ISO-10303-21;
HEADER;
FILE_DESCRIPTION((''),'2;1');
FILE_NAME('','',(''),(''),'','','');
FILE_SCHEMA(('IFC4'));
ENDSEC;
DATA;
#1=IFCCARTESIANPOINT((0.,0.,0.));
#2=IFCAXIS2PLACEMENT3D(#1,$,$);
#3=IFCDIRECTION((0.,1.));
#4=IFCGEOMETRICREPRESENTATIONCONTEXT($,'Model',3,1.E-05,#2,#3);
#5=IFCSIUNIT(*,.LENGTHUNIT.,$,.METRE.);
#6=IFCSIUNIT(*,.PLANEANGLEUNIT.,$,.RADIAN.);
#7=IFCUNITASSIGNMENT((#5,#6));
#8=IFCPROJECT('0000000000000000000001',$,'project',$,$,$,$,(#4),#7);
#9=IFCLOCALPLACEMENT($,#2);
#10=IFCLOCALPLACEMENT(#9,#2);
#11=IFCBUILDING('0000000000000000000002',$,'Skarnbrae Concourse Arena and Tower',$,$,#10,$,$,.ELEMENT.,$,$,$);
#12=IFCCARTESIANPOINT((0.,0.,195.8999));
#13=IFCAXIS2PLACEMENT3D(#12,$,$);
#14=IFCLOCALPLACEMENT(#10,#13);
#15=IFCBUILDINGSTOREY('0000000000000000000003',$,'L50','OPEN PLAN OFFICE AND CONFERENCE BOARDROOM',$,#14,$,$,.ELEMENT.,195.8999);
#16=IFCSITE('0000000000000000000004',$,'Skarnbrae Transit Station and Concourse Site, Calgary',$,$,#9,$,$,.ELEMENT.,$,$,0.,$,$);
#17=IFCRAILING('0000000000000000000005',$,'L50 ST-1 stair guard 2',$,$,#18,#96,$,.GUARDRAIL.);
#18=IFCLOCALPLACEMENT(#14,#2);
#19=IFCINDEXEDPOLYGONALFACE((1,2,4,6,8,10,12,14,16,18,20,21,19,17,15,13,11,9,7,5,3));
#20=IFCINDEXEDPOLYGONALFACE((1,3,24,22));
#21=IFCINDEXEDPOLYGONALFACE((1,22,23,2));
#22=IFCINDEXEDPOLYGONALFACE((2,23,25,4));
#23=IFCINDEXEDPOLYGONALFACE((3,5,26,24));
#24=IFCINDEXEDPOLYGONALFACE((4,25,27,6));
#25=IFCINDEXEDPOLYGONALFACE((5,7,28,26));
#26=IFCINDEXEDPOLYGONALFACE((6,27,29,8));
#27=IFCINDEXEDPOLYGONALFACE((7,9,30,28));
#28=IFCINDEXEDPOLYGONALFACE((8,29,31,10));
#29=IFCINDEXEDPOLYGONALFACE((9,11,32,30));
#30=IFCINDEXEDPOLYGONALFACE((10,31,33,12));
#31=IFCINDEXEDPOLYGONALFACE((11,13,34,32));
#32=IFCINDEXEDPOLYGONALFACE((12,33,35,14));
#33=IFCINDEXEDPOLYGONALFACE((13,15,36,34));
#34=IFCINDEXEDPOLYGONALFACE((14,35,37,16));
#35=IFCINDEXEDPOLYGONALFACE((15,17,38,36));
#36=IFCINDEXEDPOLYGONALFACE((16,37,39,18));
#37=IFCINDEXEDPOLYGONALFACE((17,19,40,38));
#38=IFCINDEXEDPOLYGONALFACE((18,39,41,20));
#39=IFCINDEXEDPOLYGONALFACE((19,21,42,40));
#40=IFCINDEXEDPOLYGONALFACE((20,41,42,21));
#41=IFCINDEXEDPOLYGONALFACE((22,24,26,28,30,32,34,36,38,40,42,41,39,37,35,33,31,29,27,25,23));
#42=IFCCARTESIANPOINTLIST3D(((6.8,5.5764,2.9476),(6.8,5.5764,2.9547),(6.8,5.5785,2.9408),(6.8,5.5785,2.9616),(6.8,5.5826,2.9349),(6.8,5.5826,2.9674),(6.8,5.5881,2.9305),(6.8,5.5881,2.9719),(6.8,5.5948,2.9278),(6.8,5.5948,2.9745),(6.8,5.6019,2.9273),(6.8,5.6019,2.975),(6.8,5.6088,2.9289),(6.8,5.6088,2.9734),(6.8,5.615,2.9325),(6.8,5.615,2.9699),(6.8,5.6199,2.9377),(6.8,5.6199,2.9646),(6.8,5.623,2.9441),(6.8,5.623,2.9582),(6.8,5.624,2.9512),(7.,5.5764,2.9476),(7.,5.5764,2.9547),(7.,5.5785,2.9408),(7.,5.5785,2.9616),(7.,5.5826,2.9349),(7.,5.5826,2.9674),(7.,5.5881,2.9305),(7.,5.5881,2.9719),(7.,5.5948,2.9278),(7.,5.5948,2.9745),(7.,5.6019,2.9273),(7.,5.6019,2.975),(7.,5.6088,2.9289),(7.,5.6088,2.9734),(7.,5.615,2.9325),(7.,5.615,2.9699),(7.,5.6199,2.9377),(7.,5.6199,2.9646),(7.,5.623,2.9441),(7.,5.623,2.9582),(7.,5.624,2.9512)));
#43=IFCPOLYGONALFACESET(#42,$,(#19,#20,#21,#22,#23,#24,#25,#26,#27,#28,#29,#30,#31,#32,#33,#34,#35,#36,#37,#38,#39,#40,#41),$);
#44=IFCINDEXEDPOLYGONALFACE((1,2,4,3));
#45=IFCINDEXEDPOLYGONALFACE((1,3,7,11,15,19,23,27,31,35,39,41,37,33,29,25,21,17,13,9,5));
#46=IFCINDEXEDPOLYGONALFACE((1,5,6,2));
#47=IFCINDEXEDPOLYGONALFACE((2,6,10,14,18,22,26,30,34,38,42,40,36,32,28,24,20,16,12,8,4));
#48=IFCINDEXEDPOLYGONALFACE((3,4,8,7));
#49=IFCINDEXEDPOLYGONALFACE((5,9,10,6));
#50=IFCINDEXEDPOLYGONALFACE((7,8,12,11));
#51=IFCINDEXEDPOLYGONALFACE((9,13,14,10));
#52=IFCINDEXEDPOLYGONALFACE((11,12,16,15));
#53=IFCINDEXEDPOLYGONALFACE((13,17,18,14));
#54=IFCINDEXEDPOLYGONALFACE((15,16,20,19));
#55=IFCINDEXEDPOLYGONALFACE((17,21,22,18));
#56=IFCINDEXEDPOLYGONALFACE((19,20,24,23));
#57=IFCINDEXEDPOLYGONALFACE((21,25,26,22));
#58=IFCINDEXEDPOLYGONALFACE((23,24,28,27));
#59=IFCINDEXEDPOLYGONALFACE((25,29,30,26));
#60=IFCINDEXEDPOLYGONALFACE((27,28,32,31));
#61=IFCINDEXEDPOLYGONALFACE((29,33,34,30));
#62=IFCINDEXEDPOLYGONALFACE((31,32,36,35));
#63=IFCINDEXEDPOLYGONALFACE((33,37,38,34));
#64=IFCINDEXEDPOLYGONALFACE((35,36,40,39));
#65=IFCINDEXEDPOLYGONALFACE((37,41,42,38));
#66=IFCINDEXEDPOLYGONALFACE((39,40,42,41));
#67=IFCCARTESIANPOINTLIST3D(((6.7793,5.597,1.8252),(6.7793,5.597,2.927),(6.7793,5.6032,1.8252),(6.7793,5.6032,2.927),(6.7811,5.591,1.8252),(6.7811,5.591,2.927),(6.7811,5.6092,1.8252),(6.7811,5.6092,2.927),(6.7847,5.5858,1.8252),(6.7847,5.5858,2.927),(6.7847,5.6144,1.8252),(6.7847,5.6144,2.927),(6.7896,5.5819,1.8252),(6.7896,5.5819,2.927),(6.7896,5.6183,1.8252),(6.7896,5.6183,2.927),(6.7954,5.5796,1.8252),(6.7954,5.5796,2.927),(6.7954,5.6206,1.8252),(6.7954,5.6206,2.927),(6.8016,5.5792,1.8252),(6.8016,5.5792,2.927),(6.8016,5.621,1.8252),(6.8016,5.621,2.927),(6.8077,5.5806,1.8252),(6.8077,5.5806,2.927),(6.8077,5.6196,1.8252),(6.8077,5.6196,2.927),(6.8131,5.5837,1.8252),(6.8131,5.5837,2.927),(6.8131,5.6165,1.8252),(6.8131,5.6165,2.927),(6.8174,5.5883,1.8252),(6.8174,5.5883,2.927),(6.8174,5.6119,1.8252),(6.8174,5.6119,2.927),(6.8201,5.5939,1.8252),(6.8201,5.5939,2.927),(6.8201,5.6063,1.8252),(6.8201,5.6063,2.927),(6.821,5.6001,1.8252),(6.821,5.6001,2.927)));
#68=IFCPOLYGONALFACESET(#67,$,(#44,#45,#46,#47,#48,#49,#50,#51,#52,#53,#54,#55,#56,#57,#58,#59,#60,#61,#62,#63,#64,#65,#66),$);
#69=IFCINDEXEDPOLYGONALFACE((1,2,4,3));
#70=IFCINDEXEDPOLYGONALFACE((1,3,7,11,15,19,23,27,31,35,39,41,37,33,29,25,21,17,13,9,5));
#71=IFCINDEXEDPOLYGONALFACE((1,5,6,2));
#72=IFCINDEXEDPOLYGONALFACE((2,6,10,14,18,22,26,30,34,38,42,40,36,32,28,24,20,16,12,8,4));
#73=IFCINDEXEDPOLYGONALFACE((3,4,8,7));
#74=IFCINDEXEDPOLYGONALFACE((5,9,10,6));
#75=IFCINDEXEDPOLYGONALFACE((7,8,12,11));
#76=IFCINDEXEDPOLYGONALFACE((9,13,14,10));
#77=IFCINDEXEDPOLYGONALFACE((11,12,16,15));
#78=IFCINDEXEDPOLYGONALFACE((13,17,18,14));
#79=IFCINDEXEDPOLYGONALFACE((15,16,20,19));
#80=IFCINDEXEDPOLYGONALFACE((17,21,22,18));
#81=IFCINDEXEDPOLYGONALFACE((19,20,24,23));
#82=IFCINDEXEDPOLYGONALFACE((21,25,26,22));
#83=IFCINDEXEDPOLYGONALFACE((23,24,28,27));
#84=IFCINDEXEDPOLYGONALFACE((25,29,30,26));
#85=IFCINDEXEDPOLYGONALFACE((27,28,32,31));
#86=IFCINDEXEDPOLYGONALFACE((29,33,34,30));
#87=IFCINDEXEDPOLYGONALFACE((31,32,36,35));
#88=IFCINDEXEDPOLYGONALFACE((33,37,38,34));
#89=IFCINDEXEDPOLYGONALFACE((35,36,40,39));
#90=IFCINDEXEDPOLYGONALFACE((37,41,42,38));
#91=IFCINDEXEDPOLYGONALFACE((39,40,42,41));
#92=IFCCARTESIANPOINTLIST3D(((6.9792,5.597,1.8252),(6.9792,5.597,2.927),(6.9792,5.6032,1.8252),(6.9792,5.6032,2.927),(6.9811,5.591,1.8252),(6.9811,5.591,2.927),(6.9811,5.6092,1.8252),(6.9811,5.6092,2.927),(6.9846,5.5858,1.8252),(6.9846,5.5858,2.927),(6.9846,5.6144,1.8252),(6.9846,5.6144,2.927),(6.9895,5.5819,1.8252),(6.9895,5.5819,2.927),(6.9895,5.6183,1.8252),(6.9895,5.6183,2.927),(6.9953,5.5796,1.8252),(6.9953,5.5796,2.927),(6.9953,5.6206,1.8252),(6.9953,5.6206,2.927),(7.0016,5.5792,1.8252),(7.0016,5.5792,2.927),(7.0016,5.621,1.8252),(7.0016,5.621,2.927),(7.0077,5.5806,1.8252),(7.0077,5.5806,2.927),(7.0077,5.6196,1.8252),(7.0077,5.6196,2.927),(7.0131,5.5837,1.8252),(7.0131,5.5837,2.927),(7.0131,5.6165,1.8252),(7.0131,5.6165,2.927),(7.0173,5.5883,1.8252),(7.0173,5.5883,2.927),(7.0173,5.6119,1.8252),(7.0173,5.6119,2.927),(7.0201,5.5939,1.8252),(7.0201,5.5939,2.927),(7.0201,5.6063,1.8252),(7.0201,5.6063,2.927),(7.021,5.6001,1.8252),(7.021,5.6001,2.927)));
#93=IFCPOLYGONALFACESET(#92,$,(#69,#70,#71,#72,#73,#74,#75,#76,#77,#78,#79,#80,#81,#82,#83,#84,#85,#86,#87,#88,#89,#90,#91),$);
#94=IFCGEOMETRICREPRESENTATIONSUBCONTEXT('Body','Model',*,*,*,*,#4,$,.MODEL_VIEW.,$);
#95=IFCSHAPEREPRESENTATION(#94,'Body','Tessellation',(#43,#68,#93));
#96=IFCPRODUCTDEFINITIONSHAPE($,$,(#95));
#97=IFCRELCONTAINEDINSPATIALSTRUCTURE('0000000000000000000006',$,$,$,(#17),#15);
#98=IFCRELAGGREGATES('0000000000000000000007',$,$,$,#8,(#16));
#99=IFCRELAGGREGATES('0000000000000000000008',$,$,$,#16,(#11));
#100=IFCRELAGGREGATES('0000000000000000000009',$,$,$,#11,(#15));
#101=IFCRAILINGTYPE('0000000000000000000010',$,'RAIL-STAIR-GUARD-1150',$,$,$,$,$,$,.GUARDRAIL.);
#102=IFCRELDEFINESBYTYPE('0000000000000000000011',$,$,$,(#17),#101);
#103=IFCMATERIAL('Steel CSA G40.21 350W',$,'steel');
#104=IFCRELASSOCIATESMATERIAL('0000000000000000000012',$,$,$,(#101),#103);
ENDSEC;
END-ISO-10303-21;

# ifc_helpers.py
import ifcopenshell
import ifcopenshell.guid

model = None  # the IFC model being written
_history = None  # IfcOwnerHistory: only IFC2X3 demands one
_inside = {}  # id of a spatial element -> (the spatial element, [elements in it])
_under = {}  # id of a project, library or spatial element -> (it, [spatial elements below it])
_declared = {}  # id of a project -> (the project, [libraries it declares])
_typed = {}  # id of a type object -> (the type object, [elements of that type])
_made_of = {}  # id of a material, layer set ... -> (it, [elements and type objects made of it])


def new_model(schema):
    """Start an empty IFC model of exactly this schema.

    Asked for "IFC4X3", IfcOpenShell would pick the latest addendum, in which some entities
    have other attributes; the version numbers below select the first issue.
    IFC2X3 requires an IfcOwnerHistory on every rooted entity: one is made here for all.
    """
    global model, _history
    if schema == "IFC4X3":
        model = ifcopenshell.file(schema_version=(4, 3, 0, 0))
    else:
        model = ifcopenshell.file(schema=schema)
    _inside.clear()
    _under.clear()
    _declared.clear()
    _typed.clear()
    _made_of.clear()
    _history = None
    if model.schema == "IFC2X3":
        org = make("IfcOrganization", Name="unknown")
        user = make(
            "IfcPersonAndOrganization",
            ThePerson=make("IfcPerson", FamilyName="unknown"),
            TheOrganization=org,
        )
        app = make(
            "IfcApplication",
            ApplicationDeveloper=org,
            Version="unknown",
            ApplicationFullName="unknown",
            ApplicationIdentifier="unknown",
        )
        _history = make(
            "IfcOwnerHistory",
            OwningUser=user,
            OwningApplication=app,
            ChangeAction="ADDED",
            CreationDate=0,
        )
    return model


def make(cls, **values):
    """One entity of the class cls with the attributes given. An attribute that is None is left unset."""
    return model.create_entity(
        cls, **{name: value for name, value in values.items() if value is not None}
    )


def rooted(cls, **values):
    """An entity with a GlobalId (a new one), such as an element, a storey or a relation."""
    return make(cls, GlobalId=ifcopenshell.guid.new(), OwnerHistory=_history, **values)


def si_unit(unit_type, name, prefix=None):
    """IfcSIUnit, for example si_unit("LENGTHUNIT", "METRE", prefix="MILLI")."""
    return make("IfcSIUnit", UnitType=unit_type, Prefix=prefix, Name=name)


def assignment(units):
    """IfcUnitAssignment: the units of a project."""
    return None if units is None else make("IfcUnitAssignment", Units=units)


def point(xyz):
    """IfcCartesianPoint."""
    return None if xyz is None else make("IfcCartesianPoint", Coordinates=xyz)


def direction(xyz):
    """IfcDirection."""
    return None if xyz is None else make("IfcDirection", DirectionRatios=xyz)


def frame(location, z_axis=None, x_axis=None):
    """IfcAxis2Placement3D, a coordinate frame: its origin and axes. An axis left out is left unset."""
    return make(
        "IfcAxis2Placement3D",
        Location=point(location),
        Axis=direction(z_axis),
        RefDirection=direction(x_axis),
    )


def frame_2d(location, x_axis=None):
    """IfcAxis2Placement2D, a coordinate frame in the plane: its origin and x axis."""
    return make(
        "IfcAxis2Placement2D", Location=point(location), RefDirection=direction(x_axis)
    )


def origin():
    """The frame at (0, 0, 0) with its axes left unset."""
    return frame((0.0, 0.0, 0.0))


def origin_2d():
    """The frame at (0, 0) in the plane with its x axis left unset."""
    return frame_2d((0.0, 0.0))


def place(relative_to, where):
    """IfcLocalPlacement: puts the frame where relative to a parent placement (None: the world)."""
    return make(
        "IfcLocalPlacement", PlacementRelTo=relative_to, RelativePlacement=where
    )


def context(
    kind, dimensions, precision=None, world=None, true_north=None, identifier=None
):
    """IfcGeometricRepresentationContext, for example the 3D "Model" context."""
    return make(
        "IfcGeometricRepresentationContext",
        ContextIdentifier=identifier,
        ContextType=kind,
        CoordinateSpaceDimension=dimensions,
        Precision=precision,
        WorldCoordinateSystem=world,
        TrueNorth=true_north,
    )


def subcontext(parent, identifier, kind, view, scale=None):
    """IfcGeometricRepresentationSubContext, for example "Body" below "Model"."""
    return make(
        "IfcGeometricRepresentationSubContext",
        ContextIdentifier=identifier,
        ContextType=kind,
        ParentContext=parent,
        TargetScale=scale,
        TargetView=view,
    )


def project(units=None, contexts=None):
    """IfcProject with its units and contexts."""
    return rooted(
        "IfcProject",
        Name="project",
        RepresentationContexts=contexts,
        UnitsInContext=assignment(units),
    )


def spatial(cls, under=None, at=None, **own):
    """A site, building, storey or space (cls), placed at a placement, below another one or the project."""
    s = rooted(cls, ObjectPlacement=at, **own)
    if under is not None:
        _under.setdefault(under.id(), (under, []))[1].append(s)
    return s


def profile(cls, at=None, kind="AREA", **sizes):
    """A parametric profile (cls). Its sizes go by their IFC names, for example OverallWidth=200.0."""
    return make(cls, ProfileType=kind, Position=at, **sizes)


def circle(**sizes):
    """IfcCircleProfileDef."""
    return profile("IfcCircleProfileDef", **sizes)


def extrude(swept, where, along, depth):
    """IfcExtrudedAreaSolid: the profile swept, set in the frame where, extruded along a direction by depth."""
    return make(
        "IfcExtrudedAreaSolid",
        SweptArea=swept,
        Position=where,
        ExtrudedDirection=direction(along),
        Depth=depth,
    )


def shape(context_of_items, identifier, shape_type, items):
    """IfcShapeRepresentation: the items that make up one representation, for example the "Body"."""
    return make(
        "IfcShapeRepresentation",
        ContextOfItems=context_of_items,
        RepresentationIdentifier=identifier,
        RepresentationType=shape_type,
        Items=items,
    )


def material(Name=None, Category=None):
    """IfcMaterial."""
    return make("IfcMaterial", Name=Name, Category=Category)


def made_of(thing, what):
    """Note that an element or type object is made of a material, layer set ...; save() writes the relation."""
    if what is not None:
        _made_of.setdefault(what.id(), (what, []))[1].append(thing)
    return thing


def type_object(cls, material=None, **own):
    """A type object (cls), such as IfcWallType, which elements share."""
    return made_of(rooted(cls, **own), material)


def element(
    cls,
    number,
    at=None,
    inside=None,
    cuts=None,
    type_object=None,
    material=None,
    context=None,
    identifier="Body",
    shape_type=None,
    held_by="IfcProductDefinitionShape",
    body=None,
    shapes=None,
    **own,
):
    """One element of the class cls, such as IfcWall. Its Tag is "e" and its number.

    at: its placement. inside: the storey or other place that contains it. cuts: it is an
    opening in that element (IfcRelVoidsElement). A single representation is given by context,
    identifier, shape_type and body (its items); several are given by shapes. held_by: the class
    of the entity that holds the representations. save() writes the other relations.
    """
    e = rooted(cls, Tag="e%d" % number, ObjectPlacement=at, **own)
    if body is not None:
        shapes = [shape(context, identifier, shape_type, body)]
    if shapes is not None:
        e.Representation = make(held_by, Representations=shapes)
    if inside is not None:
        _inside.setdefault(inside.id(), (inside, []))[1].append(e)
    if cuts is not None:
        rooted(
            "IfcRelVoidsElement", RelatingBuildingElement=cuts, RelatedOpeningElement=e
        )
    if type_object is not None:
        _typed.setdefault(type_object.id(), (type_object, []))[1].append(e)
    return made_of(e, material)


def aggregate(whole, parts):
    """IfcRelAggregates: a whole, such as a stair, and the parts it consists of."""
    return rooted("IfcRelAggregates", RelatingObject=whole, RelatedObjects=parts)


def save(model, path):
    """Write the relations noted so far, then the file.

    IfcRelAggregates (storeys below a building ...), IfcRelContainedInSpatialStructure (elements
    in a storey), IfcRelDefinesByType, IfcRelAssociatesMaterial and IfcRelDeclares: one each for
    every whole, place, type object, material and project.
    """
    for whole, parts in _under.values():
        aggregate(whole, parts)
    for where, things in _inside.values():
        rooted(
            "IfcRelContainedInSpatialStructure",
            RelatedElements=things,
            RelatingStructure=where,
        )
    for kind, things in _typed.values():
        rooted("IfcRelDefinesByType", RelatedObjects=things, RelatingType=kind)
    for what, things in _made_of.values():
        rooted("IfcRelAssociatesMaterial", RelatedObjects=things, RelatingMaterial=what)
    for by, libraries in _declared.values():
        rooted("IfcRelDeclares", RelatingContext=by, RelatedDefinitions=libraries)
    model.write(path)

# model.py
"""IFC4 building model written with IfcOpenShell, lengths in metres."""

from ifc_helpers import new_model, si_unit, direction, frame, origin, origin_2d, place, context, subcontext, project, spatial, circle, extrude, material, type_object, element, save


model = new_model("IFC4")

# Units and contexts
model_context = context("Model", 3, precision=1e-05, world=origin(), true_north=direction((0.0, 1.0)))
body_context = subcontext(model_context, "Body", "Model", "MODEL_VIEW")
ifc_project = project(units=[si_unit("LENGTHUNIT", "METRE"), si_unit("PLANEANGLEUNIT", "RADIAN")], contexts=[model_context])

# Site, building, storey
site_placement = place(None, origin())
site = spatial("IfcSite", under=ifc_project, at=site_placement, Name="Skarnbrae Transit Station and Concourse Site, Calgary", CompositionType="ELEMENT", RefElevation=0.0)
building_placement = place(site_placement, origin())
building = spatial("IfcBuilding", under=site, at=building_placement, Name="Skarnbrae Concourse Arena and Tower", CompositionType="ELEMENT")
storey_placement = place(building_placement, frame((0.0, 0.0, 195.8999)))
storey = spatial("IfcBuildingStorey", under=building, at=storey_placement, Name="L50", Description="OPEN PLAN OFFICE AND CONFERENCE BOARDROOM", CompositionType="ELEMENT", Elevation=195.8999)

# Shared definitions
ifc_material_1 = material(Name="Steel CSA G40.21 350W", Category="steel")

# Railing
railing_type_1 = type_object("IfcRailingType", Name="RAIL-STAIR-GUARD-1150", PredefinedType="GUARDRAIL", material=ifc_material_1)
railing_1_placement = place(storey_placement, frame((6.8, 5.6001, 1.8252)))
element("IfcRailing", 1, at=railing_1_placement, inside=storey, type_object=railing_type_1, Name="L50 ST-1 stair guard 2", PredefinedType="GUARDRAIL", context=body_context, shape_type="SweptSolid", body=[
    extrude(circle(Radius=0.0239, at=origin_2d()), frame((0.0, 0.0, 1.126), z_axis=(1.0, 0.0, 0.0), x_axis=(0.0, 1.0, 0.0)), (0.0, 0.0, 1.0), 0.2),
    extrude(circle(Radius=0.021, at=origin_2d()), origin(), (0.0, 0.0, 1.0), 1.1018),
    extrude(circle(Radius=0.021, at=origin_2d()), frame((0.2, 0.0, 0.0)), (0.0, 0.0, 1.0), 1.1018),
])

save(model, "model.ifc")
